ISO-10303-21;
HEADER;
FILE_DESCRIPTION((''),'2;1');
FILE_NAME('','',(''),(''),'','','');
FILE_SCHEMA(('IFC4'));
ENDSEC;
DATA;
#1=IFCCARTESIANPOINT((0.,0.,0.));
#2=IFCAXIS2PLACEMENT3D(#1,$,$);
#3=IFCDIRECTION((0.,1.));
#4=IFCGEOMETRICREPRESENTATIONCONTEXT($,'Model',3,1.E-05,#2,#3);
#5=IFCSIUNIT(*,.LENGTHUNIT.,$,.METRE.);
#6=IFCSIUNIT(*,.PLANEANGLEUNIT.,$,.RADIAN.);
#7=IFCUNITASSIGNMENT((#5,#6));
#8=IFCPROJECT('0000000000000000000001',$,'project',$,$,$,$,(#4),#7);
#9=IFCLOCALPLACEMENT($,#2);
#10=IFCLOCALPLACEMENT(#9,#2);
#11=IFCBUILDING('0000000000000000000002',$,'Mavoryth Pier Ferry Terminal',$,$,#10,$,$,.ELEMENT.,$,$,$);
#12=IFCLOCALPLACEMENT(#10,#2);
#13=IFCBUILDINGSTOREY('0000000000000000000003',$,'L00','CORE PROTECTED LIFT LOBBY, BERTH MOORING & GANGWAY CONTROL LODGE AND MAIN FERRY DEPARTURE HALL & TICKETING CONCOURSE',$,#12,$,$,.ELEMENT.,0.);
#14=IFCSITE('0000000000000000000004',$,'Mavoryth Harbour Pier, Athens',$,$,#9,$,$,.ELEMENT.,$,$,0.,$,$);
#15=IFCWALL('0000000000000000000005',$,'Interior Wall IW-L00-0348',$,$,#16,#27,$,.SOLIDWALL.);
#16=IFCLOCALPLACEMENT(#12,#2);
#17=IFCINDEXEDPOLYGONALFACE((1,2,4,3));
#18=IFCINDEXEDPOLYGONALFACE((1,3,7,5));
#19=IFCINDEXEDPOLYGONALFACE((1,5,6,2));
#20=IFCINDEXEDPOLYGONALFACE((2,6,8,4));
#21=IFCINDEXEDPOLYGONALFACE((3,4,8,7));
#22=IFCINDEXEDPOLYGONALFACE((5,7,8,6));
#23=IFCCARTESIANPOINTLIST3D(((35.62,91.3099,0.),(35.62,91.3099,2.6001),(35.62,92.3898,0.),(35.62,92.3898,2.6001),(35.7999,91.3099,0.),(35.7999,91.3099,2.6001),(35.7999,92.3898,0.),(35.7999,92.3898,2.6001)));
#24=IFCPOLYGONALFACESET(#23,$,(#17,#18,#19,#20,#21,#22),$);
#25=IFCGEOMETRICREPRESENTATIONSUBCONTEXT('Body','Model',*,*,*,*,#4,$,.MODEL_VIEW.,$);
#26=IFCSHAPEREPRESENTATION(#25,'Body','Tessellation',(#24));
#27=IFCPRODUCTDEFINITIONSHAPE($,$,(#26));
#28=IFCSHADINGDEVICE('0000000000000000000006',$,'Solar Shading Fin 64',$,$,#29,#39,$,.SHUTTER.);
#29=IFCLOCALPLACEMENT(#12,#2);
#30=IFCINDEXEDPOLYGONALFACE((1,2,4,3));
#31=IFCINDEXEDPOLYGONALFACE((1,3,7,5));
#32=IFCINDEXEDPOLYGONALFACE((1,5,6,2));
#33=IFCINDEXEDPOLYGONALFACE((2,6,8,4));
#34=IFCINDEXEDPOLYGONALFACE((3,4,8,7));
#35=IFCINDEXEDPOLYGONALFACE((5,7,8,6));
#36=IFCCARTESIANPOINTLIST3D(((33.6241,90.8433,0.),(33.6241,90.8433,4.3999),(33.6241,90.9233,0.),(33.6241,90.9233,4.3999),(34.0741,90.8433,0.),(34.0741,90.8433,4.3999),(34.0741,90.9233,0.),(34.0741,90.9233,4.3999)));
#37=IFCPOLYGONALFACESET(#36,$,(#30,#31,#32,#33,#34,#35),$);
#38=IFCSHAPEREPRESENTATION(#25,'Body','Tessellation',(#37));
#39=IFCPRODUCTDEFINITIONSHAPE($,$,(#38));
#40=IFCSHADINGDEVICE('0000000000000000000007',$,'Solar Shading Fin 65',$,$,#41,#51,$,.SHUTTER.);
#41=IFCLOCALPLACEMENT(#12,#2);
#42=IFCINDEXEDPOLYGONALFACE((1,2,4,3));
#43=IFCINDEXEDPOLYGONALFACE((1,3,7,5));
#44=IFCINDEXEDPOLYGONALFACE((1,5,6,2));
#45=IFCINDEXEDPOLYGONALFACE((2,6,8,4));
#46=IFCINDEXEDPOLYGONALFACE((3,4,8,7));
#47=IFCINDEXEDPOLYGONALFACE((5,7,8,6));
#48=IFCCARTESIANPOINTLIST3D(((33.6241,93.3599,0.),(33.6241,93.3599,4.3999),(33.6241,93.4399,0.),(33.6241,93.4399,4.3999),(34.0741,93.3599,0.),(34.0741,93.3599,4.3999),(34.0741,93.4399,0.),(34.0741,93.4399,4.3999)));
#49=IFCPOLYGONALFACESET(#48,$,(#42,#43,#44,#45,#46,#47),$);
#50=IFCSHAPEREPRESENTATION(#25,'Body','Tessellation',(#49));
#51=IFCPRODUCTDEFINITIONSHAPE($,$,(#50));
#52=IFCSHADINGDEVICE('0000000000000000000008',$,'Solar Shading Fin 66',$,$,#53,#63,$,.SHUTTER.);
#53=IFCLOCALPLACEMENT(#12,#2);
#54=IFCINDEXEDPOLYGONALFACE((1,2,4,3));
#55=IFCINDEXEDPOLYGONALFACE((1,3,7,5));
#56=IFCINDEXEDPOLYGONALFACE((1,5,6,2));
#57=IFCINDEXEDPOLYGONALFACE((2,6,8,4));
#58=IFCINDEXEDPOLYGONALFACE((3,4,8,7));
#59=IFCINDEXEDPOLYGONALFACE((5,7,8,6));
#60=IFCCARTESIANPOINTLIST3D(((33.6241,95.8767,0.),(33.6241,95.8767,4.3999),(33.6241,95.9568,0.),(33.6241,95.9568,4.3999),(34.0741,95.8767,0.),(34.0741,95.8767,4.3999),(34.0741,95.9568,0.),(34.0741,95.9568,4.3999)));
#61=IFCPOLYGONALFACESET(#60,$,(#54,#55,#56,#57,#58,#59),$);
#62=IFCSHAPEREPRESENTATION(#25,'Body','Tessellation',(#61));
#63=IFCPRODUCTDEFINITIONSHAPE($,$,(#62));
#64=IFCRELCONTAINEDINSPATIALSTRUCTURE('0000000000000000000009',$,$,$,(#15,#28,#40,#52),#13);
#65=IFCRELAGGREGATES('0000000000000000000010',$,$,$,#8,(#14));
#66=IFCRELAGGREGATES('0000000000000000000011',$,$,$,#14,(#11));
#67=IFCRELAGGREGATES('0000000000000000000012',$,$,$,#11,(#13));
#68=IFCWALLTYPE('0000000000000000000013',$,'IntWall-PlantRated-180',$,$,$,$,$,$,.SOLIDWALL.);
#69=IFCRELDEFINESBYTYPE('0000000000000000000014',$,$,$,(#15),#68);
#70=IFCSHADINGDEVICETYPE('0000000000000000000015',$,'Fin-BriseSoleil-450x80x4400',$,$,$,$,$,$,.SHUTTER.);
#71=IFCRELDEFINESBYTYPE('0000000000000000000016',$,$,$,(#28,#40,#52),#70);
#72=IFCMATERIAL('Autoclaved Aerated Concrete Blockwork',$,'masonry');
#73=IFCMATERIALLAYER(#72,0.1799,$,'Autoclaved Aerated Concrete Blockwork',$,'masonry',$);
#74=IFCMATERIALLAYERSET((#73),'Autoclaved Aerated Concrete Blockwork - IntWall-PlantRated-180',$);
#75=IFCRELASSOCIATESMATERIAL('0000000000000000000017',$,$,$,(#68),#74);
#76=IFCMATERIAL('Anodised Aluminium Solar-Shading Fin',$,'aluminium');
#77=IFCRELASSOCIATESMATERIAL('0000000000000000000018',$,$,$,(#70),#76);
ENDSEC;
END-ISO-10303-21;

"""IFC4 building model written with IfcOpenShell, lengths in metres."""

from ifc_helpers import new_model, si_unit, direction, frame, frame_2d, origin, origin_2d, place, context, subcontext, project, spatial, rectangle, extrude, material, layer, layer_set, type_object, element, save


model = new_model("IFC4")

# Units and contexts
model_context = context("Model", 3, precision=1e-05, world=origin(), true_north=direction((0.0, 1.0)))
body_context = subcontext(model_context, "Body", "Model", "MODEL_VIEW")
ifc_project = project(units=[si_unit("LENGTHUNIT", "METRE"), si_unit("PLANEANGLEUNIT", "RADIAN")], contexts=[model_context])

# Site, building, storey
site_placement = place(None, origin())
site = spatial("IfcSite", under=ifc_project, at=site_placement, Name="Mavoryth Harbour Pier, Athens", CompositionType="ELEMENT", RefElevation=0.0)
building_placement = place(site_placement, origin())
building = spatial("IfcBuilding", under=site, at=building_placement, Name="Mavoryth Pier Ferry Terminal", CompositionType="ELEMENT")
storey_placement = place(building_placement, origin())
storey = spatial("IfcBuildingStorey", under=building, at=storey_placement, Name="L00", Description="CORE PROTECTED LIFT LOBBY, BERTH MOORING & GANGWAY CONTROL LODGE AND MAIN FERRY DEPARTURE HALL & TICKETING CONCOURSE", CompositionType="ELEMENT", Elevation=0.0)

# Wall
ifc_material_1 = material(Name="Autoclaved Aerated Concrete Blockwork", Category="masonry")
ifc_layer_1 = layer(ifc_material_1, 0.1799, Name="Autoclaved Aerated Concrete Blockwork", Category="masonry")
ifc_layer_set_1 = layer_set([ifc_layer_1], Name="Autoclaved Aerated Concrete Blockwork - IntWall-PlantRated-180")
wall_type = type_object("IfcWallType", Name="IntWall-PlantRated-180", PredefinedType="SOLIDWALL", material=ifc_layer_set_1)
wall_1_placement = place(storey_placement, frame((35.71, 92.3899, 0.0), z_axis=(0.0, 0.0, 1.0), x_axis=(0.0, -1.0, 0.0)))
element("IfcWall", 1, at=wall_1_placement, inside=storey, type_object=wall_type, Name="Interior Wall IW-L00-0348", PredefinedType="SOLIDWALL", context=body_context, shape_type="SweptSolid", body=[
    extrude(rectangle(XDim=1.0798, YDim=0.1799, at=frame_2d((0.54, 0.0))), origin(), (0.0, 0.0, 1.0), 2.6001),
])

# Shading devices
ifc_material_2 = material(Name="Anodised Aluminium Solar-Shading Fin", Category="aluminium")
shading_device_type = type_object("IfcShadingDeviceType", Name="Fin-BriseSoleil-450x80x4400", PredefinedType="SHUTTER", material=ifc_material_2)
for number, where, z_axis, x_axis, name in (
    (2, (33.8491, 90.8833, 0.0), (0.0, 0.0, 1.0), (0.0, 1.0, 0.0), "Solar Shading Fin 64"),
    (3, (33.8491, 93.3999, 0.0), (0.0, 0.0, 1.0), (0.0, 1.0, 0.0), "Solar Shading Fin 65"),
    (4, (33.8491, 95.9167, 0.0), (0.0, 0.0, 1.0), (0.0, 1.0, 0.0), "Solar Shading Fin 66"),
):
    element("IfcShadingDevice", number, at=place(storey_placement, frame(where, z_axis=z_axis, x_axis=x_axis)), inside=storey, type_object=shading_device_type, Name=name, PredefinedType="SHUTTER", context=body_context, shape_type="SweptSolid", body=[
        extrude(rectangle(XDim=0.0801, YDim=0.45, at=origin_2d()), origin(), (0.0, 0.0, 1.0), 4.3999),
    ])

save(model, "model.ifc")
